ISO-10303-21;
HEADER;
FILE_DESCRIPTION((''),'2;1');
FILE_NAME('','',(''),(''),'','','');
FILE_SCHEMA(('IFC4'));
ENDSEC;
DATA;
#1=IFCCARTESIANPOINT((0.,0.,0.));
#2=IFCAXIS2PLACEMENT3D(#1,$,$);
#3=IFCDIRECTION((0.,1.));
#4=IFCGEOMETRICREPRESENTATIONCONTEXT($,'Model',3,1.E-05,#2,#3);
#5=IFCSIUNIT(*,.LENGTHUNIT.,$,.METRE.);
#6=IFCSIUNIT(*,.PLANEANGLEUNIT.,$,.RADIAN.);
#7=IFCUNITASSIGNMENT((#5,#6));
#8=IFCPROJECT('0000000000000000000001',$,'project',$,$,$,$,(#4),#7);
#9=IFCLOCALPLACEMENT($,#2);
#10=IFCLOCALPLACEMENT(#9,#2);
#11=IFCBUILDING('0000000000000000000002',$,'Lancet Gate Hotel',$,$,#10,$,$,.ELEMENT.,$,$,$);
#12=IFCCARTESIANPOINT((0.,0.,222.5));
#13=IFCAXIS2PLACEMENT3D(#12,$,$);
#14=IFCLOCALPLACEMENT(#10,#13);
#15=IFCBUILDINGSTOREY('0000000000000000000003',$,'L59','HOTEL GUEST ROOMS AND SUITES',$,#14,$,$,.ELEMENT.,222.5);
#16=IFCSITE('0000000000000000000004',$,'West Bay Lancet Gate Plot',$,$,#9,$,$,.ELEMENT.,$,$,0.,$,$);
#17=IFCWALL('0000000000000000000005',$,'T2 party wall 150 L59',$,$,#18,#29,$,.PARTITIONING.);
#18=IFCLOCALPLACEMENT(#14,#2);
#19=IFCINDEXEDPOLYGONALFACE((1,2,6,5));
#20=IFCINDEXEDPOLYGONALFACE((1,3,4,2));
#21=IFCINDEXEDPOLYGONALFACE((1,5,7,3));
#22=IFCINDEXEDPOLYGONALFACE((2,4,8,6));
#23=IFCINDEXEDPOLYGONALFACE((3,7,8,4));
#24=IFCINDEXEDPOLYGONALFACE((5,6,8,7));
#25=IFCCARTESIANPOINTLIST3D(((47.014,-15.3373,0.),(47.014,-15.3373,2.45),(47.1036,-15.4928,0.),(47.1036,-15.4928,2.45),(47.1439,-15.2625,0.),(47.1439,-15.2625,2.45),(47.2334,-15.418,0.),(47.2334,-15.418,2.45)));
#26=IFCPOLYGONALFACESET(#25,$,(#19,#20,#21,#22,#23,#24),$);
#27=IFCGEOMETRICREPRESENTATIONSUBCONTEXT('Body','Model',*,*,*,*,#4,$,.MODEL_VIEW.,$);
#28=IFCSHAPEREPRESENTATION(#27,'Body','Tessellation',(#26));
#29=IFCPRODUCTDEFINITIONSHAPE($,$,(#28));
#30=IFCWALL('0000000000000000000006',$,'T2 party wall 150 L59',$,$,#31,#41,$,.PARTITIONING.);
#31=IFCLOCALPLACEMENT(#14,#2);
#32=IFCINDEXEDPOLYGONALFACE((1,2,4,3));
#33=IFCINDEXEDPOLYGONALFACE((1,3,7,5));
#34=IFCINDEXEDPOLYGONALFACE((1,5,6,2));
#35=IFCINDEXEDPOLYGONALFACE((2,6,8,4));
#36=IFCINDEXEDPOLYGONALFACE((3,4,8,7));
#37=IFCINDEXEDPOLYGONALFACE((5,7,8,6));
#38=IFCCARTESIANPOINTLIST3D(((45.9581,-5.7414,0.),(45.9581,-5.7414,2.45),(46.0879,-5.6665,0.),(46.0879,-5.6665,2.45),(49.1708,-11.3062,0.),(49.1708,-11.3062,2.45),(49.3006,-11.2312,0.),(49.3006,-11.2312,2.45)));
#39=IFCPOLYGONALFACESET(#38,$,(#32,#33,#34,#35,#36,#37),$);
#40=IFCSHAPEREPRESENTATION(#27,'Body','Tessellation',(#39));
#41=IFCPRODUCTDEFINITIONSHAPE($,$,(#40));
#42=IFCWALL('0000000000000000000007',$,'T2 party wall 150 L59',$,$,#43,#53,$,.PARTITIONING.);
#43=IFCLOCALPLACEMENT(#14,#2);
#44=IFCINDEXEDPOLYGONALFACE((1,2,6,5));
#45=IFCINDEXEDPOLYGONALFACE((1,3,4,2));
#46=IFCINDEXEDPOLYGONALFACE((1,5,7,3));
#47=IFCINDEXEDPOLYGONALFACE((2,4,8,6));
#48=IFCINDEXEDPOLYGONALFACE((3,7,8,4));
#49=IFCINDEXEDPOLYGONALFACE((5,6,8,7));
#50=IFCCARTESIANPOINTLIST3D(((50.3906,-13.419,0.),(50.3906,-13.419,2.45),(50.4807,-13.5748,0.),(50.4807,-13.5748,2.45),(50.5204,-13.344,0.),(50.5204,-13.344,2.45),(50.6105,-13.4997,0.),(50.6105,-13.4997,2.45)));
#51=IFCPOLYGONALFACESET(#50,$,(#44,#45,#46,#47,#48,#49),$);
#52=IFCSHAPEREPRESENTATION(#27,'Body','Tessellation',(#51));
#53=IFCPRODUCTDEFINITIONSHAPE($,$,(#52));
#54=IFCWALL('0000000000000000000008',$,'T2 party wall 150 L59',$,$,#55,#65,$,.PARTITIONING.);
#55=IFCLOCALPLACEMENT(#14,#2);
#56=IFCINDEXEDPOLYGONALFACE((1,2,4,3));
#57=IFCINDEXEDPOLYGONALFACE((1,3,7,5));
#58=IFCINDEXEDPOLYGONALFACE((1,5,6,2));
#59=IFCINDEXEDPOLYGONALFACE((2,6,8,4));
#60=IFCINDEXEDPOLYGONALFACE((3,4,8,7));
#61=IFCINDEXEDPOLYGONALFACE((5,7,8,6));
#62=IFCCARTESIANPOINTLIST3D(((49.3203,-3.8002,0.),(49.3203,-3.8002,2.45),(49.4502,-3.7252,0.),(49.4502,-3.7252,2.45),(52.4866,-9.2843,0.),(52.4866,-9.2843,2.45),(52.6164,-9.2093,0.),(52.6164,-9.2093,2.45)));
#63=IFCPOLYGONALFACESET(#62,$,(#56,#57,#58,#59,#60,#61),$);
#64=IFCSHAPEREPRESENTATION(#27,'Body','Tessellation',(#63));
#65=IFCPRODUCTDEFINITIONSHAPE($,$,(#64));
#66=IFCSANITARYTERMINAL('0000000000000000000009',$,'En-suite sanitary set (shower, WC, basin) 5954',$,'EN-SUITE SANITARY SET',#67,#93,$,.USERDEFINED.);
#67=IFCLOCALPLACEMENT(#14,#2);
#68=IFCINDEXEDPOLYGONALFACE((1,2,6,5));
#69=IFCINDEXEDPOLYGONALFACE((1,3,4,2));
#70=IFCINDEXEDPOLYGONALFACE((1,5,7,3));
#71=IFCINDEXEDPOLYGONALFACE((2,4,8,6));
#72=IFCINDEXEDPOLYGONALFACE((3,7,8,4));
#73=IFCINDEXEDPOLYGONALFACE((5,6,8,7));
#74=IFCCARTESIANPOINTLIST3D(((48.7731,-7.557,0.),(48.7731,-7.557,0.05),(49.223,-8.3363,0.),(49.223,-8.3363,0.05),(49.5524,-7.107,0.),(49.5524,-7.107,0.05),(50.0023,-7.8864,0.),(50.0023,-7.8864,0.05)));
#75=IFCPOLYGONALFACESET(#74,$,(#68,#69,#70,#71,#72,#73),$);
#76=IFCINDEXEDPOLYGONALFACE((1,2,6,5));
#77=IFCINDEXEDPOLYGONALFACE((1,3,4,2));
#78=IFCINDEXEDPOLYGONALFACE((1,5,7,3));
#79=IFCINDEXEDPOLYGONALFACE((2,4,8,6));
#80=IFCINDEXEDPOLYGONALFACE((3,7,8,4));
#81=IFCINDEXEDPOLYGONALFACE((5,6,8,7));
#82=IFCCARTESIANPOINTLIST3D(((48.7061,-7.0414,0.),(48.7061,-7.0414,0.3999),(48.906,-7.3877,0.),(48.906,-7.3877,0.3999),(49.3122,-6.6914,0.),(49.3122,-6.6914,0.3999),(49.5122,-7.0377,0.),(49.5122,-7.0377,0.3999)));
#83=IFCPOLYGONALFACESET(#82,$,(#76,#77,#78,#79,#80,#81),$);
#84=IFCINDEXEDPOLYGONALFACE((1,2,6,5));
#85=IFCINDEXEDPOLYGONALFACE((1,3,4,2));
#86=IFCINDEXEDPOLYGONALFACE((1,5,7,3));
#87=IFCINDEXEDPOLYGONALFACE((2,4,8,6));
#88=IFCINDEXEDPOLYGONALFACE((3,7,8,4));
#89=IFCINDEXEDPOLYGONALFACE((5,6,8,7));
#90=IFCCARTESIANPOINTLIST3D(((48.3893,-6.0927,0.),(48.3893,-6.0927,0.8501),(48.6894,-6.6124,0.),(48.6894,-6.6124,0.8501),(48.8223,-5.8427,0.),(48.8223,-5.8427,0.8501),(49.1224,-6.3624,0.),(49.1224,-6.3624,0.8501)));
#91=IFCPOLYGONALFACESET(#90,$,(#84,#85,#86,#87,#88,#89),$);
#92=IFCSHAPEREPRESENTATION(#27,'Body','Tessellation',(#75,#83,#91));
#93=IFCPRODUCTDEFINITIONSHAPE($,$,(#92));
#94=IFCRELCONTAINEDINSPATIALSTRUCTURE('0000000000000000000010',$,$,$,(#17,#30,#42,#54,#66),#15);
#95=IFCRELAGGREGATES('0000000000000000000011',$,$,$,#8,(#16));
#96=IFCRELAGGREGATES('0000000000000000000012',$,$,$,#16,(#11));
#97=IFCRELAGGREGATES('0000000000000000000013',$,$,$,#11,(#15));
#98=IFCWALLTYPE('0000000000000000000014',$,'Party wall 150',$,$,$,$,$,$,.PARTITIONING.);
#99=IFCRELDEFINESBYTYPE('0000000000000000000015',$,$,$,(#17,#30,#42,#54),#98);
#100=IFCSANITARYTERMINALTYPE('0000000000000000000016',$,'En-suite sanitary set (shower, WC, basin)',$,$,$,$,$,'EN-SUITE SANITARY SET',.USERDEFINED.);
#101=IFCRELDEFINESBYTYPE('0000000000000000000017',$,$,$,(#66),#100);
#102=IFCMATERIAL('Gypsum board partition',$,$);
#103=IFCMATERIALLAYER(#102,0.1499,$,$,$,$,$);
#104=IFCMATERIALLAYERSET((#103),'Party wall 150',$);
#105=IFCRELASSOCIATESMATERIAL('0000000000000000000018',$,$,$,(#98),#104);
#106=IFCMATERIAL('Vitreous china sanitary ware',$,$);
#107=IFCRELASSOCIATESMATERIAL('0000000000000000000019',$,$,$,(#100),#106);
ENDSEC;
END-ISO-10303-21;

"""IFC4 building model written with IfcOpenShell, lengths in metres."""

from ifc_helpers import new_model, si_unit, direction, frame, frame_2d, origin, origin_2d, place, context, subcontext, project, spatial, rectangle, extrude, material, layer, layer_set, type_object, element, save


model = new_model("IFC4")

# Units and contexts
model_context = context("Model", 3, precision=1e-05, world=origin(), true_north=direction((0.0, 1.0)))
body_context = subcontext(model_context, "Body", "Model", "MODEL_VIEW")
ifc_project = project(units=[si_unit("LENGTHUNIT", "METRE"), si_unit("PLANEANGLEUNIT", "RADIAN")], contexts=[model_context])

# Site, building, storey
site_placement = place(None, origin())
site = spatial("IfcSite", under=ifc_project, at=site_placement, Name="West Bay Lancet Gate Plot", CompositionType="ELEMENT", RefElevation=0.0)
building_placement = place(site_placement, origin())
building = spatial("IfcBuilding", under=site, at=building_placement, Name="Lancet Gate Hotel", CompositionType="ELEMENT")
storey_placement = place(building_placement, frame((0.0, 0.0, 222.5)))
storey = spatial("IfcBuildingStorey", under=building, at=storey_placement, Name="L59", Description="HOTEL GUEST ROOMS AND SUITES", CompositionType="ELEMENT", Elevation=222.5)

# Walls
ifc_material_1 = material(Name="Gypsum board partition")
ifc_layer_1 = layer(ifc_material_1, 0.1499)
ifc_layer_set_1 = layer_set([ifc_layer_1], Name="Party wall 150")
wall_type_1 = type_object("IfcWallType", Name="Party wall 150", PredefinedType="PARTITIONING", material=ifc_layer_set_1)
wall_1_placement = place(storey_placement, frame((47.0789, -15.2998, 0.0), z_axis=(0.0, 0.0, 1.0), x_axis=(0.499212, -0.86648, 0.0)))
element("IfcWall", 1, at=wall_1_placement, inside=storey, type_object=wall_type_1, Name="T2 party wall 150 L59", PredefinedType="PARTITIONING", context=body_context, shape_type="SweptSolid", body=[
    extrude(rectangle(XDim=0.1794, YDim=0.1499, at=frame_2d((0.0898, 0.0))), origin(), (0.0, 0.0, 1.0), 2.45),
])
wall_2_placement = place(storey_placement, frame((46.0229, -5.7039, 0.0), z_axis=(0.0, 0.0, 1.0), x_axis=(0.499984, -0.866034, 0.0)))
element("IfcWall", 2, at=wall_2_placement, inside=storey, type_object=wall_type_1, Name="T2 party wall 150 L59", PredefinedType="PARTITIONING", context=body_context, shape_type="SweptSolid", body=[
    extrude(rectangle(XDim=6.4255, YDim=0.1499, at=frame_2d((3.2129, 0.0))), origin(), (0.0, 0.0, 1.0), 2.45),
])
wall_3_placement = place(storey_placement, frame((50.4556, -13.3816, 0.0), z_axis=(0.0, 0.0, 1.0), x_axis=(0.500662, -0.865643, 0.0)))
element("IfcWall", 3, at=wall_3_placement, inside=storey, type_object=wall_type_1, Name="T2 party wall 150 L59", PredefinedType="PARTITIONING", context=body_context, shape_type="SweptSolid", body=[
    extrude(rectangle(XDim=0.1799, YDim=0.1499, at=frame_2d((0.0898, 0.0))), origin(), (0.0, 0.0, 1.0), 2.45),
])
wall_4_placement = place(storey_placement, frame((49.3853, -3.7627, 0.0), z_axis=(0.0, 0.0, 1.0), x_axis=(0.499999, -0.866026, 0.0)))
element("IfcWall", 4, at=wall_4_placement, inside=storey, type_object=wall_type_1, Name="T2 party wall 150 L59", PredefinedType="PARTITIONING", context=body_context, shape_type="SweptSolid", body=[
    extrude(rectangle(XDim=6.3325, YDim=0.1499, at=frame_2d((3.1663, 0.0))), origin(), (0.0, 0.0, 1.0), 2.45),
])

# Sanitary terminal
ifc_material_2 = material(Name="Vitreous china sanitary ware")
sanitary_terminal_type = type_object("IfcSanitaryTerminalType", Name="En-suite sanitary set (shower, WC, basin)", ElementType="EN-SUITE SANITARY SET", PredefinedType="USERDEFINED", material=ifc_material_2)
sanitary_terminal_placement = place(storey_placement, frame((49.3877, -7.7217, 0.0), z_axis=(0.0, 0.0, 1.0), x_axis=(1.0, 0.0, 0.0)))
element("IfcSanitaryTerminal", 5, at=sanitary_terminal_placement, inside=storey, type_object=sanitary_terminal_type, Name="En-suite sanitary set (shower, WC, basin) 5954", ObjectType="EN-SUITE SANITARY SET", PredefinedType="USERDEFINED", context=body_context, shape_type="SweptSolid", body=[
    extrude(rectangle(XDim=0.8999, YDim=0.8999, at=origin_2d()), frame((0.0, 0.0, 0.0), z_axis=(0.0, 0.0, 1.0), x_axis=(0.5, -0.866025, 0.0)), (0.0, 0.0, 1.0), 0.05),
    extrude(rectangle(XDim=0.3999, YDim=0.7, at=origin_2d()), frame((-0.2786, 0.6821, 0.0), z_axis=(0.0, 0.0, 1.0), x_axis=(0.5, -0.866025, 0.0)), (0.0, 0.0, 1.0), 0.3999),
    extrude(rectangle(XDim=0.6001, YDim=0.5, at=origin_2d()), frame((-0.6318, 1.4941, 0.0), z_axis=(0.0, 0.0, 1.0), x_axis=(0.5, -0.866025, 0.0)), (0.0, 0.0, 1.0), 0.8501),
])

save(model, "model.ifc")
